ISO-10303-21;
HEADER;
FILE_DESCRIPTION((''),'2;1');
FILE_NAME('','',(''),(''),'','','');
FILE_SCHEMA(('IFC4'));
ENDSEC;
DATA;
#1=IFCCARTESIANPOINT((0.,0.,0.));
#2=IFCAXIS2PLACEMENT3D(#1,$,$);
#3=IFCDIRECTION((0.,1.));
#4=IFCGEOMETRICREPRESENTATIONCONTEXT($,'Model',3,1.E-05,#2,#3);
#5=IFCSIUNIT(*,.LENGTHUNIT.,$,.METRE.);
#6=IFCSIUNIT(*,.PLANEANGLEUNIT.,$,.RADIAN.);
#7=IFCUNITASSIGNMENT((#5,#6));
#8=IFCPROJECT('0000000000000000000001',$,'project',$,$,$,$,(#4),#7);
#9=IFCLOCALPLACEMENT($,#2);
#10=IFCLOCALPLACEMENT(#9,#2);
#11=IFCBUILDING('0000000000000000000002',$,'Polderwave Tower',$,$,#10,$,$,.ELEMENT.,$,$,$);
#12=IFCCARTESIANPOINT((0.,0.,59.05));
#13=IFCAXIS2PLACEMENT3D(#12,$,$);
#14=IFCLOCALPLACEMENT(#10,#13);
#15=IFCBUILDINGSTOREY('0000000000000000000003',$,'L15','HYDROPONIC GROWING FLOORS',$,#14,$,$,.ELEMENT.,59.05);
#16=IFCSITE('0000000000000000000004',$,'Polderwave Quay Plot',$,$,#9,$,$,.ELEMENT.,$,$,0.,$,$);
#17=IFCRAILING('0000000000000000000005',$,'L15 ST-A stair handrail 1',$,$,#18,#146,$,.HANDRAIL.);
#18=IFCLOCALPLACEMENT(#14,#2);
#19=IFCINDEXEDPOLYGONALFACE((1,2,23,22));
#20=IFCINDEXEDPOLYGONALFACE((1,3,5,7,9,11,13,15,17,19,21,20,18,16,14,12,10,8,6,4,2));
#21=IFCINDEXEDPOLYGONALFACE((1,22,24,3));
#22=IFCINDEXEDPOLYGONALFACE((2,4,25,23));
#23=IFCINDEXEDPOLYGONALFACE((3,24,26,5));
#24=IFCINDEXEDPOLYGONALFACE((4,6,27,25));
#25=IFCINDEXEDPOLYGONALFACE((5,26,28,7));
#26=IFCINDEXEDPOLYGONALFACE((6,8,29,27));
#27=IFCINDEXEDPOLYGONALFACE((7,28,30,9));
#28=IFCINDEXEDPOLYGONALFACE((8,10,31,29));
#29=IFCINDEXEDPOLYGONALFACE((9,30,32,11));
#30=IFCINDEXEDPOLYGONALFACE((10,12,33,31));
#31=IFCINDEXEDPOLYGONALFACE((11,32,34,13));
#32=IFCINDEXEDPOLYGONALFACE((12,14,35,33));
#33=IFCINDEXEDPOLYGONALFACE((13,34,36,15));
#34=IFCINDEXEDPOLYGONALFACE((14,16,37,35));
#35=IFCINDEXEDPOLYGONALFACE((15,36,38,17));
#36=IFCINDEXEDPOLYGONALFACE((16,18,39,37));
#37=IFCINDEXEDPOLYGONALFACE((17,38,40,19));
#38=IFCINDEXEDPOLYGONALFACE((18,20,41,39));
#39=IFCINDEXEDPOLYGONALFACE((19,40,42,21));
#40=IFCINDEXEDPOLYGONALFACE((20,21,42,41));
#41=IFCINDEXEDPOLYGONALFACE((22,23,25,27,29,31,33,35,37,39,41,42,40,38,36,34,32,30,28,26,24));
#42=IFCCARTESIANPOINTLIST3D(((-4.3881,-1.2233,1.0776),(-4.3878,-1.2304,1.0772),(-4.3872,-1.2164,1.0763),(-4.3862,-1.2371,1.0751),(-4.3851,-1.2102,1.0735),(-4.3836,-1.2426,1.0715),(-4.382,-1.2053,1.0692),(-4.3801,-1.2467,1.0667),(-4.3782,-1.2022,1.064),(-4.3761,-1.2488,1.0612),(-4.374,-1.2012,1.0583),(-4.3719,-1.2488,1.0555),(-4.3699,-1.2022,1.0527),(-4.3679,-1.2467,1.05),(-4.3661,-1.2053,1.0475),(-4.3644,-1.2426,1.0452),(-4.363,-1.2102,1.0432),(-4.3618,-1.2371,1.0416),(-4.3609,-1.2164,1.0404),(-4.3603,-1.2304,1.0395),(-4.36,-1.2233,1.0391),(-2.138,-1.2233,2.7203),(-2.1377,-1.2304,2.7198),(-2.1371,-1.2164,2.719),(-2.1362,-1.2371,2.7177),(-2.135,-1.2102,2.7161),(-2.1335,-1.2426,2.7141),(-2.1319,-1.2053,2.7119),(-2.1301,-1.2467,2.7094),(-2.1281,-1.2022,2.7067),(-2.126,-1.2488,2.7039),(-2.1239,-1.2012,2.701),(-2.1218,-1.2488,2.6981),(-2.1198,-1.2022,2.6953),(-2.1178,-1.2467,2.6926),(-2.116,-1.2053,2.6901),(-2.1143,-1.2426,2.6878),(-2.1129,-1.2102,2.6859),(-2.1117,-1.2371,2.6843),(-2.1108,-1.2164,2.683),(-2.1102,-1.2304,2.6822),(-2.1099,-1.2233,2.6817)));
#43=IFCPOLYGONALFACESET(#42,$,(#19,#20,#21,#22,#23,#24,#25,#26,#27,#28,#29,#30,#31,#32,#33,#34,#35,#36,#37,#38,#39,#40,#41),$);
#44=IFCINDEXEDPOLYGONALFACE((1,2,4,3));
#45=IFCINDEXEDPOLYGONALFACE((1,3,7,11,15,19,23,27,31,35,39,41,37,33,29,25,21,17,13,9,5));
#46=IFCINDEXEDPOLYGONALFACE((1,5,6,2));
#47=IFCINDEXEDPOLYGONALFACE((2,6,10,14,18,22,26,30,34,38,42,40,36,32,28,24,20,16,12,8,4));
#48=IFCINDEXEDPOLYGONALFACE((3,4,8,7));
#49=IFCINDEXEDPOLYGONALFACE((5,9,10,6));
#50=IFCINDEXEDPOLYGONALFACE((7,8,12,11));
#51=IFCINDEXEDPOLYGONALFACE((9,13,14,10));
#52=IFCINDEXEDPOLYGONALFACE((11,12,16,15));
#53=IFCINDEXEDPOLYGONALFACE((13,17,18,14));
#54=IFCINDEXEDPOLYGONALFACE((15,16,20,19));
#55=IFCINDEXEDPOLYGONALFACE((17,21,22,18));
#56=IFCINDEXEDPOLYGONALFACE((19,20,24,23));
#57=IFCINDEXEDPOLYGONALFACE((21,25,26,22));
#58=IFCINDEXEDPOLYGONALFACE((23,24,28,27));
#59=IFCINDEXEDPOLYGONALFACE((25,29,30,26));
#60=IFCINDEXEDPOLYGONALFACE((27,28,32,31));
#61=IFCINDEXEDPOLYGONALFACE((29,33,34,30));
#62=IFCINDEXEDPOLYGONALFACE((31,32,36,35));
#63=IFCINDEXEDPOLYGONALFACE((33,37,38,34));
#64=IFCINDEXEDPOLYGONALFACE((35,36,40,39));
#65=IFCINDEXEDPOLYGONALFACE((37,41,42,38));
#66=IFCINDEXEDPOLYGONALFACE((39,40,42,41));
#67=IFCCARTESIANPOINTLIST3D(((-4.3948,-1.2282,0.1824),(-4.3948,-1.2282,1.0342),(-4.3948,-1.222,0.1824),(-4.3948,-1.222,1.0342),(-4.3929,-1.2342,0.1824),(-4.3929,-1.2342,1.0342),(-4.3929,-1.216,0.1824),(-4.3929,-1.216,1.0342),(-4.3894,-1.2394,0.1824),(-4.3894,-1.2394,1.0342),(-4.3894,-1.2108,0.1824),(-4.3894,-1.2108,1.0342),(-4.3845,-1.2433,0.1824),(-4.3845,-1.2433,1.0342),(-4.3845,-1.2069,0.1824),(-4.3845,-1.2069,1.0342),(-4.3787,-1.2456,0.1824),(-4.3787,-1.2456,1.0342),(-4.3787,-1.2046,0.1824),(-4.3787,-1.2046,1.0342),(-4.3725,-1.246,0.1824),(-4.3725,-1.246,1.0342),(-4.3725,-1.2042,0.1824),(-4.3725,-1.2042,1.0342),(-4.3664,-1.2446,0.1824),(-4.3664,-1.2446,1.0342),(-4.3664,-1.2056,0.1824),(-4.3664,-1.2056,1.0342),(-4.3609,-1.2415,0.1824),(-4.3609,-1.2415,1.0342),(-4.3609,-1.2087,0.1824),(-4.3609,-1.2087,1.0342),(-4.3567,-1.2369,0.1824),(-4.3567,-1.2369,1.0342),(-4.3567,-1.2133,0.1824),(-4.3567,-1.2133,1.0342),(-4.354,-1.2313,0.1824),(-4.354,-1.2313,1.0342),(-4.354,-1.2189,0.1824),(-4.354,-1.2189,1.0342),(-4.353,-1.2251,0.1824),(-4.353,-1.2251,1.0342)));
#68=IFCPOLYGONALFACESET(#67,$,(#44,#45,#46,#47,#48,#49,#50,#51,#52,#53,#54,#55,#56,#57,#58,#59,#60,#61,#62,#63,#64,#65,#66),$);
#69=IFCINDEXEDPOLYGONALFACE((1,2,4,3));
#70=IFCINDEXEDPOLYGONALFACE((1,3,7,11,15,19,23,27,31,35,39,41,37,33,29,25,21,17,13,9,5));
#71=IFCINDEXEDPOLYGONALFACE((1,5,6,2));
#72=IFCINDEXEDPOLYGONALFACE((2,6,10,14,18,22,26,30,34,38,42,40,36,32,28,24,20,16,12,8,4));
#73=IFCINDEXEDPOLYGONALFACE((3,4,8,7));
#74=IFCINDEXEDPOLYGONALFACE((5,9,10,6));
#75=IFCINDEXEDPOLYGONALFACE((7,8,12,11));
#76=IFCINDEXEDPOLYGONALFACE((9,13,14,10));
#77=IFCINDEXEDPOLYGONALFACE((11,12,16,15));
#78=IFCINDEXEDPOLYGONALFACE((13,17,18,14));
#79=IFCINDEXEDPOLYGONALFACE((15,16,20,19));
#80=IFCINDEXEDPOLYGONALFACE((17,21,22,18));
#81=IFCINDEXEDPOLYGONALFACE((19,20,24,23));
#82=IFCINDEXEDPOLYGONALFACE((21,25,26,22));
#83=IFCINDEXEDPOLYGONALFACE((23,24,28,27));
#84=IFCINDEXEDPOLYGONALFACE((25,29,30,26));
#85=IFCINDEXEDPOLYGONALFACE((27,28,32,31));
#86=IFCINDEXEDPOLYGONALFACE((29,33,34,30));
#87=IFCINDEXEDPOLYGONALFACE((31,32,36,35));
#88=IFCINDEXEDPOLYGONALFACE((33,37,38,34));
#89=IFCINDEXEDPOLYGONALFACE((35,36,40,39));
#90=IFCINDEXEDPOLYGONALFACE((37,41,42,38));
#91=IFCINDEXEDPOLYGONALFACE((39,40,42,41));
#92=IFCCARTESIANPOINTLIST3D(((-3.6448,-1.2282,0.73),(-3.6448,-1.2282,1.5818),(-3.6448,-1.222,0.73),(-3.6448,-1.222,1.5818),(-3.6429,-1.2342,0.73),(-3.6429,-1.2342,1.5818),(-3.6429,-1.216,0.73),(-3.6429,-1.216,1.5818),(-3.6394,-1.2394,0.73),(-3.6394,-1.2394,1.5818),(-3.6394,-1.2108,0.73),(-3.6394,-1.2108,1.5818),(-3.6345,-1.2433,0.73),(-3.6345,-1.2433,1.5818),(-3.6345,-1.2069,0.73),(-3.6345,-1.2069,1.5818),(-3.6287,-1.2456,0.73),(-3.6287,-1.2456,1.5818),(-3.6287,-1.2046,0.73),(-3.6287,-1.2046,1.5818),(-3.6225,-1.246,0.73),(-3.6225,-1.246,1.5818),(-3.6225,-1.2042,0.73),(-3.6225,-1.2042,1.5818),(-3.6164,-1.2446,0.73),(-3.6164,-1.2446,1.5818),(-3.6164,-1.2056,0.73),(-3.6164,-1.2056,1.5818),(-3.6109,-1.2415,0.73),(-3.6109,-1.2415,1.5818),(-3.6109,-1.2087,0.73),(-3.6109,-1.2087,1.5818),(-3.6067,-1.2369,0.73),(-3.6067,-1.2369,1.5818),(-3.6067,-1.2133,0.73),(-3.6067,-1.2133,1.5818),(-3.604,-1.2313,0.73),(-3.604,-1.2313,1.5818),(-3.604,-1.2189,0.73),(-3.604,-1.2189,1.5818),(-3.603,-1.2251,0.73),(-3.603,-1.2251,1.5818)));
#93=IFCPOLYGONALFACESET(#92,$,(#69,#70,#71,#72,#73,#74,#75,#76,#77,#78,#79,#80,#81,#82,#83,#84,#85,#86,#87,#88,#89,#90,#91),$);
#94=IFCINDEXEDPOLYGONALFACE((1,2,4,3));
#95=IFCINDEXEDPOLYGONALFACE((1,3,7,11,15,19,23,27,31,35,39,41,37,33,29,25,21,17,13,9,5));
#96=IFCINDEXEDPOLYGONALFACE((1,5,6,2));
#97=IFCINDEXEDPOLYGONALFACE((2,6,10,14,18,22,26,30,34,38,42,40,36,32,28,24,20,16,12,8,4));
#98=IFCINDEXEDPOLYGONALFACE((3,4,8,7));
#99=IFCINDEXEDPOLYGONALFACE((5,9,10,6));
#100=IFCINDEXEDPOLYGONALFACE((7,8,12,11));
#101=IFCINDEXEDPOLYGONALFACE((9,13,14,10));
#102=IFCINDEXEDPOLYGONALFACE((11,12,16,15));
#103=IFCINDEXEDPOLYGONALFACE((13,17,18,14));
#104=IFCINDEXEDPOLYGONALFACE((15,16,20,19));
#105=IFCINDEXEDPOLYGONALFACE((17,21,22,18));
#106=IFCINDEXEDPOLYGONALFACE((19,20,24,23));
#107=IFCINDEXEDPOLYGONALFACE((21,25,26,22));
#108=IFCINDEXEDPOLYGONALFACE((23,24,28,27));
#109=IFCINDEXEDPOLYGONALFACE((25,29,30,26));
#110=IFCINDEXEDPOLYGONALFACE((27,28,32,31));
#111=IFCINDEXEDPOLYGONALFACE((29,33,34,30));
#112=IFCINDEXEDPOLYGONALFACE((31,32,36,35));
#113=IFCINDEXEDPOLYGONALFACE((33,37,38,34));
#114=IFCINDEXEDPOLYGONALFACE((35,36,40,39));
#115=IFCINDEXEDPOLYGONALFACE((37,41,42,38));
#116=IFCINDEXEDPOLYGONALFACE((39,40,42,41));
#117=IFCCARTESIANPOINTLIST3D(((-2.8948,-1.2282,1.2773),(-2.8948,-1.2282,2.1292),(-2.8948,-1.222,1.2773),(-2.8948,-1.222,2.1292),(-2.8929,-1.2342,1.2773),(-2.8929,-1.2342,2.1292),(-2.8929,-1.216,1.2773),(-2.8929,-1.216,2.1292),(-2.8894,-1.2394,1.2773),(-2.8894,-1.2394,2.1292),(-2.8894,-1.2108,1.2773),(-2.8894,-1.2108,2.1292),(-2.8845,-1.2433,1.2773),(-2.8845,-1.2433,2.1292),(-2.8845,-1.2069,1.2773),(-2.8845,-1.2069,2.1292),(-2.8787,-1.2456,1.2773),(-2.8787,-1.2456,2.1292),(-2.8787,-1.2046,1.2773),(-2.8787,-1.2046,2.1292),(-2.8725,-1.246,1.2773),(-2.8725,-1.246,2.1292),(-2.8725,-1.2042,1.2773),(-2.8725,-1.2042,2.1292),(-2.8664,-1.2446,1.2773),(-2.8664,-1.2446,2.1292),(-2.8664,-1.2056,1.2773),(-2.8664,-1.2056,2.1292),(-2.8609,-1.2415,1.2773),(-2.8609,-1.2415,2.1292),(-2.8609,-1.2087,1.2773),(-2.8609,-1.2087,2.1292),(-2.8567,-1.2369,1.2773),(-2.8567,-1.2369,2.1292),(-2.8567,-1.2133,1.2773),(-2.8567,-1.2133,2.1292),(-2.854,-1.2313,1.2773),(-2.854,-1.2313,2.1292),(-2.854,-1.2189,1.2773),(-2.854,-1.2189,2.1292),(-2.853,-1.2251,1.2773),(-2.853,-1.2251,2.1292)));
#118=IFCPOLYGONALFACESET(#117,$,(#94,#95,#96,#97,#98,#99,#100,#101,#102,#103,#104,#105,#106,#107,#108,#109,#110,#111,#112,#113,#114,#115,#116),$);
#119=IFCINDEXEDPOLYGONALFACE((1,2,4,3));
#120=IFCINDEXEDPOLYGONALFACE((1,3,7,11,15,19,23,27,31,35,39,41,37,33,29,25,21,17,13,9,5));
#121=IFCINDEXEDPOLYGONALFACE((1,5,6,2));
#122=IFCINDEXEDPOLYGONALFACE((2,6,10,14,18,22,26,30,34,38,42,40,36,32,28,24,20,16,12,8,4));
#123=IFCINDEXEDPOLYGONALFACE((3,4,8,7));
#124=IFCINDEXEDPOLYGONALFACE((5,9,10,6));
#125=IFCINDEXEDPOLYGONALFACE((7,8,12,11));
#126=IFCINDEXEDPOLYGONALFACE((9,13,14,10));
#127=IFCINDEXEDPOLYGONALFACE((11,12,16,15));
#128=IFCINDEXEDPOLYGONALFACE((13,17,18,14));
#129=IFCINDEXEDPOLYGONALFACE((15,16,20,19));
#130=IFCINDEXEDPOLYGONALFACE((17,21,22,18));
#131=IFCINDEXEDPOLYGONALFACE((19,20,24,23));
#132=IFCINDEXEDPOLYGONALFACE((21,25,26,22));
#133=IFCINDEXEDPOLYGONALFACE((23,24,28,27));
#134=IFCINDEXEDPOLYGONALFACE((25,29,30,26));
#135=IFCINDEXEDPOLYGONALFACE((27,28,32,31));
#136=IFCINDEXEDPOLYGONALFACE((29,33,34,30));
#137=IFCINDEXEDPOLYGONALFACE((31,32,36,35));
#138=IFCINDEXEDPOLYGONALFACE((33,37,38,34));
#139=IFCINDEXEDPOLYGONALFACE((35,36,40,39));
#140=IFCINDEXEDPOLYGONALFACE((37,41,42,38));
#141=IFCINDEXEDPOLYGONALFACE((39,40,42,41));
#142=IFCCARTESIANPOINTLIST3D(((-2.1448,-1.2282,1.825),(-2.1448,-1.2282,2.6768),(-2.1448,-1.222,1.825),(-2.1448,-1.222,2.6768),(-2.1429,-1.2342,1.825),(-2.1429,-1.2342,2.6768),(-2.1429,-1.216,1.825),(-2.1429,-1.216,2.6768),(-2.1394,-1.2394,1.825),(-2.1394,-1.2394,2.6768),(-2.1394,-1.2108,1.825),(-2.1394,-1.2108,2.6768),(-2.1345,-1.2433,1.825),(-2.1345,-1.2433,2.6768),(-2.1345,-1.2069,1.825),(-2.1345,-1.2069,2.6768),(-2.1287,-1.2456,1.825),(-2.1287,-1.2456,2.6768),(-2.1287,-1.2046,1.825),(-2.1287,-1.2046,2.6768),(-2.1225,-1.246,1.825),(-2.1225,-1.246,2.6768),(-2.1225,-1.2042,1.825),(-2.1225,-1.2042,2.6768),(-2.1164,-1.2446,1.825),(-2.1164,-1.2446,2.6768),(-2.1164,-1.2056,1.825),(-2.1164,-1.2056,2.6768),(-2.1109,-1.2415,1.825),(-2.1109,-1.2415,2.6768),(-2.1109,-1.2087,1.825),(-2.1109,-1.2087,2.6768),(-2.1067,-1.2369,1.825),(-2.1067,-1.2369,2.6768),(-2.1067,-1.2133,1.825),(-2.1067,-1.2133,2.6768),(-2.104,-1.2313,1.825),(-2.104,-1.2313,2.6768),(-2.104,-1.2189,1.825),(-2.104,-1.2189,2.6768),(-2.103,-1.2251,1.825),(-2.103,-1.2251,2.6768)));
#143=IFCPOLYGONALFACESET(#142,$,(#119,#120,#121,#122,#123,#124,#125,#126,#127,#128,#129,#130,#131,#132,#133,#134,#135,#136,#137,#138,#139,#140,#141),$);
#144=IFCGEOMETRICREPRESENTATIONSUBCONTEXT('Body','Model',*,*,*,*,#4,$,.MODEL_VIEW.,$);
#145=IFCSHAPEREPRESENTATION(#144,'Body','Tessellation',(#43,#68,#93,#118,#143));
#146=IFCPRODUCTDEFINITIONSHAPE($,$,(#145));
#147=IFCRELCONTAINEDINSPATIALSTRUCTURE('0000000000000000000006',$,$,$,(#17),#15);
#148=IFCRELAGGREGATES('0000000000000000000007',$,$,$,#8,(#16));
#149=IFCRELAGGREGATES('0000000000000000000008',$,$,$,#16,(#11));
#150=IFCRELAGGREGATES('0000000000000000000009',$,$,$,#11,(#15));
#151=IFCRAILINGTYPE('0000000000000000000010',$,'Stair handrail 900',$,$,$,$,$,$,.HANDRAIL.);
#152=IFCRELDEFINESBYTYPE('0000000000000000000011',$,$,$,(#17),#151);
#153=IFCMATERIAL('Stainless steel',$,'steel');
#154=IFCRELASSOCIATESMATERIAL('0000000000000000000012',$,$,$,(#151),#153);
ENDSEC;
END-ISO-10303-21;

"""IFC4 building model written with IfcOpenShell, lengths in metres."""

from ifc_helpers import new_model, si_unit, direction, frame, origin, origin_2d, place, context, subcontext, project, spatial, circle, extrude, material, type_object, element, save


model = new_model("IFC4")

# Units and contexts
model_context = context("Model", 3, precision=1e-05, world=origin(), true_north=direction((0.0, 1.0)))
body_context = subcontext(model_context, "Body", "Model", "MODEL_VIEW")
ifc_project = project(units=[si_unit("LENGTHUNIT", "METRE"), si_unit("PLANEANGLEUNIT", "RADIAN")], contexts=[model_context])

# Site, building, storey
site_placement = place(None, origin())
site = spatial("IfcSite", under=ifc_project, at=site_placement, Name="Polderwave Quay Plot", CompositionType="ELEMENT", RefElevation=0.0)
building_placement = place(site_placement, origin())
building = spatial("IfcBuilding", under=site, at=building_placement, Name="Polderwave Tower", CompositionType="ELEMENT")
storey_placement = place(building_placement, frame((0.0, 0.0, 59.05)))
storey = spatial("IfcBuildingStorey", under=building, at=storey_placement, Name="L15", Description="HYDROPONIC GROWING FLOORS", CompositionType="ELEMENT", Elevation=59.05)

# Railing
ifc_material_1 = material(Name="Stainless steel", Category="steel")
railing_type_1 = type_object("IfcRailingType", Name="Stair handrail 900", PredefinedType="HANDRAIL", material=ifc_material_1)
railing_1_placement = place(storey_placement, frame((-4.374, -1.2251, 0.1824)))
element("IfcRailing", 1, at=railing_1_placement, inside=storey, type_object=railing_type_1, Name="L15 ST-A stair handrail 1", PredefinedType="HANDRAIL", context=body_context, shape_type="SweptSolid", body=[
    extrude(circle(Radius=0.0239, at=origin_2d()), frame((0.0, 0.0, 0.876), z_axis=(0.807674, 0.0, 0.58963), x_axis=(0.0, 1.0, 0.0)), (0.0, 0.0, 1.0), 2.7859),
    extrude(circle(Radius=0.021, at=origin_2d()), origin(), (0.0, 0.0, 1.0), 0.8518),
    extrude(circle(Radius=0.021, at=origin_2d()), frame((0.75, 0.0, 0.5476)), (0.0, 0.0, 1.0), 0.8518),
    extrude(circle(Radius=0.021, at=origin_2d()), frame((1.5, 0.0, 1.095)), (0.0, 0.0, 1.0), 0.8518),
    extrude(circle(Radius=0.021, at=origin_2d()), frame((2.25, 0.0, 1.6426)), (0.0, 0.0, 1.0), 0.8518),
])

save(model, "model.ifc")
